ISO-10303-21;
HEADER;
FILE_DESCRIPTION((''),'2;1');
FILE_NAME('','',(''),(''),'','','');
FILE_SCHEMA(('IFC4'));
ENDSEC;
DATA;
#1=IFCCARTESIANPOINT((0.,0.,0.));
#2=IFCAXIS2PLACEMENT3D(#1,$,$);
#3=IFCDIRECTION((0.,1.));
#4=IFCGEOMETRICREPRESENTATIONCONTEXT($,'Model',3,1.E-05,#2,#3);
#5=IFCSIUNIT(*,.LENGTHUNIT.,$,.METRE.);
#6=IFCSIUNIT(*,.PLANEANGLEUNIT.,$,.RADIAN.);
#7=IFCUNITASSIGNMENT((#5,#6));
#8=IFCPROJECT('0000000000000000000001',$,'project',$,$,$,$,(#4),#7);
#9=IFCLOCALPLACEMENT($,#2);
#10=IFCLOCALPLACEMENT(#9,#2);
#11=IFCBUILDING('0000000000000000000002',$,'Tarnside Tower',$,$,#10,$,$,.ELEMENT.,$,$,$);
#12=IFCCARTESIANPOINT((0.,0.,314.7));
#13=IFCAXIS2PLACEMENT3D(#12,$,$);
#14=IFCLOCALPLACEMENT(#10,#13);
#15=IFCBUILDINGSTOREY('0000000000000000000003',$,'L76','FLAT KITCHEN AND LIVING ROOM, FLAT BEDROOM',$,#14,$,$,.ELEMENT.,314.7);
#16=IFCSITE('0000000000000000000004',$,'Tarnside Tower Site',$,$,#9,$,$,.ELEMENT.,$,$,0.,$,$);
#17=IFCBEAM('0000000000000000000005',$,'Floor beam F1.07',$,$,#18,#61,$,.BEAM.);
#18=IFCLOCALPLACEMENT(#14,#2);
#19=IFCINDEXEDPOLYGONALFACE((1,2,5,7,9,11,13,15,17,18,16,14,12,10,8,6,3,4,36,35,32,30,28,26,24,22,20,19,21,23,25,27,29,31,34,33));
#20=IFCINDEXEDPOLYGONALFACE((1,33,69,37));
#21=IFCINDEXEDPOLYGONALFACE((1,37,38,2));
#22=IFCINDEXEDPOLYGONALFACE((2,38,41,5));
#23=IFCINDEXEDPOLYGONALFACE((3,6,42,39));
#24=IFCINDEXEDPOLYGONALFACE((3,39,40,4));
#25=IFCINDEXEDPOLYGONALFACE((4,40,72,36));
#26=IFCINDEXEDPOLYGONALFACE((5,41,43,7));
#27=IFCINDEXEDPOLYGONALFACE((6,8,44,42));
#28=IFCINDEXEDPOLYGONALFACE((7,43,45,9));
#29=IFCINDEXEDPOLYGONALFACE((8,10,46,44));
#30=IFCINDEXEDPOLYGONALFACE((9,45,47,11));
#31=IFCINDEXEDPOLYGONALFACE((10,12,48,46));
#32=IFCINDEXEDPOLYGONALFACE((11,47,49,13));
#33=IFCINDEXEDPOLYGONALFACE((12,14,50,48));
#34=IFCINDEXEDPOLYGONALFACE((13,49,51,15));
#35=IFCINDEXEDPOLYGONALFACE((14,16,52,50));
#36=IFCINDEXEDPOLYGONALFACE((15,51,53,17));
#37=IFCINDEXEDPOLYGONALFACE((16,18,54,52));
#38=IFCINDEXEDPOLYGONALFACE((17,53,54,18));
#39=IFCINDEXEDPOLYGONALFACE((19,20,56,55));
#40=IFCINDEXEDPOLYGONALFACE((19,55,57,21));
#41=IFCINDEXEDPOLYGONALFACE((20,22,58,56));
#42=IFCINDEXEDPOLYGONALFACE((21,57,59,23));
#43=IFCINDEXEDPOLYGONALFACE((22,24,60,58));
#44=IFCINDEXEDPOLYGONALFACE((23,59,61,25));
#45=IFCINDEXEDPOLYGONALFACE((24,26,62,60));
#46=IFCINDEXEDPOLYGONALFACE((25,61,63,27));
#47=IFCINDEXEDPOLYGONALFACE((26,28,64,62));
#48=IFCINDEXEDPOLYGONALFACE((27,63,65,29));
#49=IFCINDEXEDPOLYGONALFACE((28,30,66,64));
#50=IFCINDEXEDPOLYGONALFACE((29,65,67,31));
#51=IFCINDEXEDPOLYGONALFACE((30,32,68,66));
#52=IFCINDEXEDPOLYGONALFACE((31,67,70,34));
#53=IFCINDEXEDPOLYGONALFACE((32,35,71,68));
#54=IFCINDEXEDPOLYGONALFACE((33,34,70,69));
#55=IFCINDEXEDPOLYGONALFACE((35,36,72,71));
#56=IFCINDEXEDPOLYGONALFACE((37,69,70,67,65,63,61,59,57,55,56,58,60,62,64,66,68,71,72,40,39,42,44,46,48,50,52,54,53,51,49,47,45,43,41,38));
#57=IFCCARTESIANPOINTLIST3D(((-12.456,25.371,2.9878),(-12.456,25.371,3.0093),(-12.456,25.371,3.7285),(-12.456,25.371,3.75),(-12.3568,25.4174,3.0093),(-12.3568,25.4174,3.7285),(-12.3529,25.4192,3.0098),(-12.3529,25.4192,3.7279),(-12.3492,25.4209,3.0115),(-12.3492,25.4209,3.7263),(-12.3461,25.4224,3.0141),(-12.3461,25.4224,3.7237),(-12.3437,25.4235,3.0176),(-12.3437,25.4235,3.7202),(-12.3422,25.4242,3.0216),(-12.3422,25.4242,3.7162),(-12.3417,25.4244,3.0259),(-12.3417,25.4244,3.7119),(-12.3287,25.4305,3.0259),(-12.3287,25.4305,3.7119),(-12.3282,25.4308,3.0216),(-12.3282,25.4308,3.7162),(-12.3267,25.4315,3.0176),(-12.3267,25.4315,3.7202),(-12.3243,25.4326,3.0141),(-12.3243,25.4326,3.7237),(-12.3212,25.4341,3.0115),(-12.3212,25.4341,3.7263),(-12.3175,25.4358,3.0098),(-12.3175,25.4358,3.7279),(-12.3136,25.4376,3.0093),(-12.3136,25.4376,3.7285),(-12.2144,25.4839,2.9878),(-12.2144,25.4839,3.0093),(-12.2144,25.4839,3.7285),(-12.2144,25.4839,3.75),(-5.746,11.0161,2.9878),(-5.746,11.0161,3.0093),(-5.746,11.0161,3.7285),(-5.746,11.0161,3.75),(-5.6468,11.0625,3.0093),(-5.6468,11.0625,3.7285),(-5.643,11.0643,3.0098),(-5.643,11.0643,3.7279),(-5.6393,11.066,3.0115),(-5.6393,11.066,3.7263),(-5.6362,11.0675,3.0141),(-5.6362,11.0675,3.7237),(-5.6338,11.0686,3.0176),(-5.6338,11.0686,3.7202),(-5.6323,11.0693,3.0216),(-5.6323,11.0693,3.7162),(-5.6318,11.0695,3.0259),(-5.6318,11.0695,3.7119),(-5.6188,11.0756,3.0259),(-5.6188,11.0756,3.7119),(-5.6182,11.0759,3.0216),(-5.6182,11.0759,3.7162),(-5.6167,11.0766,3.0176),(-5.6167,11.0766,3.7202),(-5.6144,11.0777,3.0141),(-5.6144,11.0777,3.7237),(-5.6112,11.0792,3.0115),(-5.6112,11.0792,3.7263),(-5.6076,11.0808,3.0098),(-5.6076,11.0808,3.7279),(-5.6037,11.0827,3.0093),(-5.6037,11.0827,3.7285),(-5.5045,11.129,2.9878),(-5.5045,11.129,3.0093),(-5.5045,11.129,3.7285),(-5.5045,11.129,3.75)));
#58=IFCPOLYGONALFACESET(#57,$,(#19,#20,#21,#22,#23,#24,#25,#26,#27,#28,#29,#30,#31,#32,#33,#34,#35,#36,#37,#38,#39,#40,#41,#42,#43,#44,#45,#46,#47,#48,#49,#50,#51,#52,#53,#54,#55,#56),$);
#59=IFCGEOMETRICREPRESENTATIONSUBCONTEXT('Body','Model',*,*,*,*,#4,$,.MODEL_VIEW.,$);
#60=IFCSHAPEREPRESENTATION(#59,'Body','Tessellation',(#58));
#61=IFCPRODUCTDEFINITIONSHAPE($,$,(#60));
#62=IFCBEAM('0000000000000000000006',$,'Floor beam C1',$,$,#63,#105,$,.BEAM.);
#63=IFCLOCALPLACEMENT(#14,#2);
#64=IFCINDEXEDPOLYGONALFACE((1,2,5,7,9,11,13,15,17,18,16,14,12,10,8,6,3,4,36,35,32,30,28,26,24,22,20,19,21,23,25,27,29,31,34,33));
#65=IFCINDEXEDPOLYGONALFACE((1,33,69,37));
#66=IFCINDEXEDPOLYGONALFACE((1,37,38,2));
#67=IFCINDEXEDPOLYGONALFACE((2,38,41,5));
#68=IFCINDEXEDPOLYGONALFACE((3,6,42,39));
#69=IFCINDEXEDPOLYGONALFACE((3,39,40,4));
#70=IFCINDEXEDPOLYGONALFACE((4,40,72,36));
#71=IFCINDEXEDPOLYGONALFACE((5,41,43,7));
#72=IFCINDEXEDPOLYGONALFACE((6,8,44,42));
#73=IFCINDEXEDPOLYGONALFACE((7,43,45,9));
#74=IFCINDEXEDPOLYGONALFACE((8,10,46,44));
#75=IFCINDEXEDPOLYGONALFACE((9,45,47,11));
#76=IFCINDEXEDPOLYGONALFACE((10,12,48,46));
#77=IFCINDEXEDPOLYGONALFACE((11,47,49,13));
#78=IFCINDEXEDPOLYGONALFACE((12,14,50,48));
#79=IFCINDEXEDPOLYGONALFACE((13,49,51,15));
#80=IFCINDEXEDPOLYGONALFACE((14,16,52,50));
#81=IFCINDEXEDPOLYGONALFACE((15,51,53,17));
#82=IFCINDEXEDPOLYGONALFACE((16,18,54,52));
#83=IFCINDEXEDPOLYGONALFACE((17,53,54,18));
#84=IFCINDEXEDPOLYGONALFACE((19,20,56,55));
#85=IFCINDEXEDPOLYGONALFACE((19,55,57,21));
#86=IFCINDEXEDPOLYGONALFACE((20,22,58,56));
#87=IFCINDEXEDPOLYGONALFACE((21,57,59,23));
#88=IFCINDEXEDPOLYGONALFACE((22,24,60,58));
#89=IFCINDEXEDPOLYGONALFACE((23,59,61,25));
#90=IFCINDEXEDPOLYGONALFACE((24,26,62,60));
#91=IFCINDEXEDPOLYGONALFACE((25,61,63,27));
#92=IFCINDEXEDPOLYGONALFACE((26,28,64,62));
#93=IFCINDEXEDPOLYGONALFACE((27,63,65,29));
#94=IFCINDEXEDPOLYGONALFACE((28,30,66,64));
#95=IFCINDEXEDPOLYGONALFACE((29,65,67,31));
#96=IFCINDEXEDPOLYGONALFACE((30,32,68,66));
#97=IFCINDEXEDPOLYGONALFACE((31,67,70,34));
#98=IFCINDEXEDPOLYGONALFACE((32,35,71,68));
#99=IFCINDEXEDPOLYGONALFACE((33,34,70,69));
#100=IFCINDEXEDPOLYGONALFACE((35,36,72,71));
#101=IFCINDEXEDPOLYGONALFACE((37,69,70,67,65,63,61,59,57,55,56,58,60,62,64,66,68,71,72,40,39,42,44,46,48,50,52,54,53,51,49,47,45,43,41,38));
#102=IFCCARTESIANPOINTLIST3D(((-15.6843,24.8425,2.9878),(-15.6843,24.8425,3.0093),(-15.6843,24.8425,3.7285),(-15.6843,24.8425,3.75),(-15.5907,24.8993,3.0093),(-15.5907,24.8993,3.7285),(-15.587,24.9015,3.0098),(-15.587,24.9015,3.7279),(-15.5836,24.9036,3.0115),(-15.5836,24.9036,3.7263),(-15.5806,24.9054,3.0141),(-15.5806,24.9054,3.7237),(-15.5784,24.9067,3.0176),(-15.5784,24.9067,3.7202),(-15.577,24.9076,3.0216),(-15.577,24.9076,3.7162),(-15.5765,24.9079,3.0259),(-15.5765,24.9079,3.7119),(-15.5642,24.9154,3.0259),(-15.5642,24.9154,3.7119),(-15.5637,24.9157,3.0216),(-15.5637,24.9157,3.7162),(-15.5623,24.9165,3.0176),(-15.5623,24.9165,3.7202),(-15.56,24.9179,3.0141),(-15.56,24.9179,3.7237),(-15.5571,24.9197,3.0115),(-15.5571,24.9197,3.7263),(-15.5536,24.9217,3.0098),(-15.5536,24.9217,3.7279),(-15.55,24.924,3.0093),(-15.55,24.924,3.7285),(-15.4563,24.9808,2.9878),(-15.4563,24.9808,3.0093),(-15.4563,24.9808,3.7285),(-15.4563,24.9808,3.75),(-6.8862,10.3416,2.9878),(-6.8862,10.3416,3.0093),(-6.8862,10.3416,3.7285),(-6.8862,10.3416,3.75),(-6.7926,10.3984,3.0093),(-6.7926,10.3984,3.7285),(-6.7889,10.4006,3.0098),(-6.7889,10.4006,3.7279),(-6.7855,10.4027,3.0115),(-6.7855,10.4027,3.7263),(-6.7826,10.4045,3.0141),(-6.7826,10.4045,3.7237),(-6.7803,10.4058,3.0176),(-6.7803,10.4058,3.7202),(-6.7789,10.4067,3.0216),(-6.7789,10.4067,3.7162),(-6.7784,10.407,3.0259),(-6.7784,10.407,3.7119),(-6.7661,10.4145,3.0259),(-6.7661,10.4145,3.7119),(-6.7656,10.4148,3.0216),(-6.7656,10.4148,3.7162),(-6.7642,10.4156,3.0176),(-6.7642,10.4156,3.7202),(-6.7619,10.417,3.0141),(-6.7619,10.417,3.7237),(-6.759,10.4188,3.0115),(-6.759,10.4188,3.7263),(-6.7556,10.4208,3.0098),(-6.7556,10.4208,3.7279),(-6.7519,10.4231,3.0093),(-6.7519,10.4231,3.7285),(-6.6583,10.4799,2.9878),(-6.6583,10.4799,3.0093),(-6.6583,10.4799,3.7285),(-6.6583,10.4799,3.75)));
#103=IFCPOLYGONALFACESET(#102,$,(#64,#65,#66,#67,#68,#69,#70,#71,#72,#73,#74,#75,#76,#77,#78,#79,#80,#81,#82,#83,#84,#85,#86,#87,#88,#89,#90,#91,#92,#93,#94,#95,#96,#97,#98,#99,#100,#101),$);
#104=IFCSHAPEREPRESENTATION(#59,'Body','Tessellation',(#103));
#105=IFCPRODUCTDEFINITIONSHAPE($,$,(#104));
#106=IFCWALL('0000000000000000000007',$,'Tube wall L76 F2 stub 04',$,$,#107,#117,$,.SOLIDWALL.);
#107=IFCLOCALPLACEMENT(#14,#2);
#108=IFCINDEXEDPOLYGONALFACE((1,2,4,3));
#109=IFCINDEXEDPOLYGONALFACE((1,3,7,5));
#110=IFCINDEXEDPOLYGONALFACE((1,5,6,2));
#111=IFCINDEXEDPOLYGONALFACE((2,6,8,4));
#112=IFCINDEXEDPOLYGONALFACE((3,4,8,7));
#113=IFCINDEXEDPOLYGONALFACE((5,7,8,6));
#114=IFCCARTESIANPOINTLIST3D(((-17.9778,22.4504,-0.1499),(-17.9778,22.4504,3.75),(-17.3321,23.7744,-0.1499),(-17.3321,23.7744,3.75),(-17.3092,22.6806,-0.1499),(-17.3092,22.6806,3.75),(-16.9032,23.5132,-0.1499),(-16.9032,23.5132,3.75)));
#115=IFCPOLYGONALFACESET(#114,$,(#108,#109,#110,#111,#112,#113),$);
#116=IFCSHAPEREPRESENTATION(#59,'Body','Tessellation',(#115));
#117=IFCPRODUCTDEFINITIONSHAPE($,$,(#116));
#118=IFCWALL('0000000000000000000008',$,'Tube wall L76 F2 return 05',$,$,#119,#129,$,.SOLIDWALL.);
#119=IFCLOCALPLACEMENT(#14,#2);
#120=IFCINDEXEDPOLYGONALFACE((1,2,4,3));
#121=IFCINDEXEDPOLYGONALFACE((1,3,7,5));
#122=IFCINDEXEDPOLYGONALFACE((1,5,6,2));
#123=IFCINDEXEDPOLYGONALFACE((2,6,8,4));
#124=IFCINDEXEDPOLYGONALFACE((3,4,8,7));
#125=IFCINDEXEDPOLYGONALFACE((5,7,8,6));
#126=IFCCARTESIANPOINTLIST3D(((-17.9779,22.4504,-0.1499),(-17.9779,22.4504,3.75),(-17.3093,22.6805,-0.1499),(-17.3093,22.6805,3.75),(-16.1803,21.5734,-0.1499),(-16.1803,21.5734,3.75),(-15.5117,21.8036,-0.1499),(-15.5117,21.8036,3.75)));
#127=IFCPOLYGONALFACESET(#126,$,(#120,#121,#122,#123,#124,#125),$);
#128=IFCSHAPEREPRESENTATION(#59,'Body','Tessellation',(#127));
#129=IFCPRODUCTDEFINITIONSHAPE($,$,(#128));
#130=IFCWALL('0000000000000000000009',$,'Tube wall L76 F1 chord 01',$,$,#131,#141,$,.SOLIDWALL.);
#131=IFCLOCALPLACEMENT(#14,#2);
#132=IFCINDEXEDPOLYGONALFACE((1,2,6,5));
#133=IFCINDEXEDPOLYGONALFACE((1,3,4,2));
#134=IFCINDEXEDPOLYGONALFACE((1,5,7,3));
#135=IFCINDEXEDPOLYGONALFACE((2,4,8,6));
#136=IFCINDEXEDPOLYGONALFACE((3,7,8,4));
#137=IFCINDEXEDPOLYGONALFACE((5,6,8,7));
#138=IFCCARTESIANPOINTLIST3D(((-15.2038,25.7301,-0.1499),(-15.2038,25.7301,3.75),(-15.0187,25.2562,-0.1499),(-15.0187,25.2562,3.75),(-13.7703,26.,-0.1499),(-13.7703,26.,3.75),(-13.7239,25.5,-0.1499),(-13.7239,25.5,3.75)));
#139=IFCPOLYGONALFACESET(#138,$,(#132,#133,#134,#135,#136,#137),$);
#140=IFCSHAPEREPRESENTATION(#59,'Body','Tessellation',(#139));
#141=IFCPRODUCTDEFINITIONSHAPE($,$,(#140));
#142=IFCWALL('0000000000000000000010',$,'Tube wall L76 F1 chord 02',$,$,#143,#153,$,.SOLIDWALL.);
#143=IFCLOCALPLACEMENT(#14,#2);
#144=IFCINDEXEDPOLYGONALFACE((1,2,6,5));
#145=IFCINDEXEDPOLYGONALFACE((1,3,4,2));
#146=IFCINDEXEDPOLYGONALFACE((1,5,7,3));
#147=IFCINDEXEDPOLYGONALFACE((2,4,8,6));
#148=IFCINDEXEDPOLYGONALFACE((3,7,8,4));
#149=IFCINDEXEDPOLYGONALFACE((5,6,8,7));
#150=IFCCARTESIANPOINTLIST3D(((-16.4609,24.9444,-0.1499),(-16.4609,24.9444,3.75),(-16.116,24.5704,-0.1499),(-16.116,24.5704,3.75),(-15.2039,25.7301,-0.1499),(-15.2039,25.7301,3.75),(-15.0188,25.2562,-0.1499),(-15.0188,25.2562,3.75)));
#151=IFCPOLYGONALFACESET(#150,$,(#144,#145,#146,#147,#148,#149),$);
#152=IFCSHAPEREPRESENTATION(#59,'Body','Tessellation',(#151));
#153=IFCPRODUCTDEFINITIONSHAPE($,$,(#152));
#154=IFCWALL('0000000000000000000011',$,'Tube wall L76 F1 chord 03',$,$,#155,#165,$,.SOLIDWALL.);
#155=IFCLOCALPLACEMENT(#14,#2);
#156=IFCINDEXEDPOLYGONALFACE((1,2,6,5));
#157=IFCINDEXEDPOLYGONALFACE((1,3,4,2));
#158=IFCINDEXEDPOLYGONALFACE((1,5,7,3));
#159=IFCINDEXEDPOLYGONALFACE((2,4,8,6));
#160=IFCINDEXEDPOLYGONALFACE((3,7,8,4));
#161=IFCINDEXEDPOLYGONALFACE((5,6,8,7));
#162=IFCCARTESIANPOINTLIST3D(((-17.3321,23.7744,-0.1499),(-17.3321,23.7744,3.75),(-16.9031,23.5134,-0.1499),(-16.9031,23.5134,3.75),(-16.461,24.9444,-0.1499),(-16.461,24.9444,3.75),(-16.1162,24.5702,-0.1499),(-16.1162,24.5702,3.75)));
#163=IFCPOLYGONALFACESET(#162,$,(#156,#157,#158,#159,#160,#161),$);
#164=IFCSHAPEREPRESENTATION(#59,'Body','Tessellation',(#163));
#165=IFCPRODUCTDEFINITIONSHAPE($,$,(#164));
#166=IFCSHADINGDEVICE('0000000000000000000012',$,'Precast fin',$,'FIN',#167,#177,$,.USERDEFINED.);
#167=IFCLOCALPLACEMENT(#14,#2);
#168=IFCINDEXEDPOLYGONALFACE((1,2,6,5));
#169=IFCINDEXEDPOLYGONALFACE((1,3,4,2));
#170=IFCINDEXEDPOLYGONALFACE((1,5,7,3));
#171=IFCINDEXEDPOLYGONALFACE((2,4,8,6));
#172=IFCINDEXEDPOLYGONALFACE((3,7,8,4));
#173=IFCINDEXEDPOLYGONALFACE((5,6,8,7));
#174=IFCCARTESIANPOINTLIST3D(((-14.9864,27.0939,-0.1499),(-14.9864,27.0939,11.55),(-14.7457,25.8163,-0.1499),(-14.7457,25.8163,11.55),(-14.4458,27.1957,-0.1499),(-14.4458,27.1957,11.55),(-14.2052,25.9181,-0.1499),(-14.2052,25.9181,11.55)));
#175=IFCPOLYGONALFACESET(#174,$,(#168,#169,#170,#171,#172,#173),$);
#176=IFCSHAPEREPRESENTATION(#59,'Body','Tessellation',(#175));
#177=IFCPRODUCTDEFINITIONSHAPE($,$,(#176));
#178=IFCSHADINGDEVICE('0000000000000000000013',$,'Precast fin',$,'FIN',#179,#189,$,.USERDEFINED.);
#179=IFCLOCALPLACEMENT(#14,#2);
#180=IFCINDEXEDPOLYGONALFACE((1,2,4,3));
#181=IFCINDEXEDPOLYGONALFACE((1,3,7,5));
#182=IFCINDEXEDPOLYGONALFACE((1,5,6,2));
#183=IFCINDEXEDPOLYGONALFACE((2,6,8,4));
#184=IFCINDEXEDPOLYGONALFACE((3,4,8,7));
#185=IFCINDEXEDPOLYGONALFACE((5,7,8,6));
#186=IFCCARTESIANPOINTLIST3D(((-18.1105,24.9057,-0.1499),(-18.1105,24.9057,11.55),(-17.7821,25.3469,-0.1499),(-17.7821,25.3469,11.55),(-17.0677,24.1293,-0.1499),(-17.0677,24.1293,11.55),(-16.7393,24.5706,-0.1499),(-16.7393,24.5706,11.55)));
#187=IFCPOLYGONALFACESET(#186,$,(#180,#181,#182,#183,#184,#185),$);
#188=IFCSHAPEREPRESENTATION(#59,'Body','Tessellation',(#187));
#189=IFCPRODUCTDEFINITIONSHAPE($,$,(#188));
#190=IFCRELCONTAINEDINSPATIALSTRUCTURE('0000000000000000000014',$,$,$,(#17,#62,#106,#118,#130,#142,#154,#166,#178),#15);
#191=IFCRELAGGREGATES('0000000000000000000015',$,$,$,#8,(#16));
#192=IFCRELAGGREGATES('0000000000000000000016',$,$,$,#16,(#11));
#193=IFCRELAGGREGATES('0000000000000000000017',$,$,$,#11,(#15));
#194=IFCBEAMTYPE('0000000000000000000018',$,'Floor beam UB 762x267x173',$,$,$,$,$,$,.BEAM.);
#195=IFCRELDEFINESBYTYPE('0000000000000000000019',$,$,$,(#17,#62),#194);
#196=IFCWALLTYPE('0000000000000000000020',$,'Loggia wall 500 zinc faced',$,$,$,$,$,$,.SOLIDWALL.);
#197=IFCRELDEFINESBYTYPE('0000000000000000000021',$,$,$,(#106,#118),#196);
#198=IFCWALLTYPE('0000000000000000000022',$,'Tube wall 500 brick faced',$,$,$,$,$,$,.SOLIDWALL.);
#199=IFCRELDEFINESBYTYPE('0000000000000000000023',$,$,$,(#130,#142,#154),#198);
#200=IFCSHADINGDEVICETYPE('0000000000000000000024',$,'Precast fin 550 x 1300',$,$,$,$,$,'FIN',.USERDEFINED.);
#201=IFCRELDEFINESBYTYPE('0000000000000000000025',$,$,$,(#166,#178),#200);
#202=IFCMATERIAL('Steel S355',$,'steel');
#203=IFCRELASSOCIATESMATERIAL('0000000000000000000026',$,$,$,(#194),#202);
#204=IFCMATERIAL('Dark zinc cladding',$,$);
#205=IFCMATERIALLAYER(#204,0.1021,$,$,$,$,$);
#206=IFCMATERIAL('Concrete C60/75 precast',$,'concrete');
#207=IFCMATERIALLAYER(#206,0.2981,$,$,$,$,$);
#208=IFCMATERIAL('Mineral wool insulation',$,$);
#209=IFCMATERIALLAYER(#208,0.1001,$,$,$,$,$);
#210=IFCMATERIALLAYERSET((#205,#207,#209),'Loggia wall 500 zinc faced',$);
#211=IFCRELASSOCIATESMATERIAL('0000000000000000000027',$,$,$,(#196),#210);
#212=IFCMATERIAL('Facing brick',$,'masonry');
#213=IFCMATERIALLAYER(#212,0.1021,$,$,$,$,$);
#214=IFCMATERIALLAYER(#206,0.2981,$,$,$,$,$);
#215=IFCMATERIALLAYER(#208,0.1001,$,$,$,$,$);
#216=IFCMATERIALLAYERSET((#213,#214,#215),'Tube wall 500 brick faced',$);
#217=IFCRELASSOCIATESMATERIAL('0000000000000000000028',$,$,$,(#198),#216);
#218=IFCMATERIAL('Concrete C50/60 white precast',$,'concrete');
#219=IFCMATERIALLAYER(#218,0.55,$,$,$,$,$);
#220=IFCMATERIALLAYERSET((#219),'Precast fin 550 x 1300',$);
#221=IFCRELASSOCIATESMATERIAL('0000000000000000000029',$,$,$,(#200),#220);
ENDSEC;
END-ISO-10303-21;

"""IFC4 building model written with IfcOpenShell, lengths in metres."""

from ifc_helpers import new_model, si_unit, direction, frame, origin, origin_2d, place, context, subcontext, project, spatial, polyline, i_section, outline, extrude, material, layer, layer_set, material_profile, profile_set, type_object, element, save


model = new_model("IFC4")

# Units and contexts
model_context = context("Model", 3, precision=1e-05, world=origin(), true_north=direction((0.0, 1.0)))
body_context = subcontext(model_context, "Body", "Model", "MODEL_VIEW")
ifc_project = project(units=[si_unit("LENGTHUNIT", "METRE"), si_unit("PLANEANGLEUNIT", "RADIAN")], contexts=[model_context])

# Site, building, storey
site_placement = place(None, origin())
site = spatial("IfcSite", under=ifc_project, at=site_placement, Name="Tarnside Tower Site", CompositionType="ELEMENT", RefElevation=0.0)
building_placement = place(site_placement, origin())
building = spatial("IfcBuilding", under=site, at=building_placement, Name="Tarnside Tower", CompositionType="ELEMENT")
storey_placement = place(building_placement, frame((0.0, 0.0, 314.7)))
storey = spatial("IfcBuildingStorey", under=building, at=storey_placement, Name="L76", Description="FLAT KITCHEN AND LIVING ROOM, FLAT BEDROOM", CompositionType="ELEMENT", Elevation=314.7)

# Beams
ifc_material_1 = material(Name="Steel S355", Category="steel")
ifc_material_profile = material_profile(ifc_material_1, i_section(OverallWidth=0.2666, OverallDepth=0.7622, WebThickness=0.0144, FlangeThickness=0.0215, FilletRadius=0.0166, at=origin_2d()), Name="UB 762x267x173")
ifc_profile_set = profile_set([ifc_material_profile], Name="Steel S355")
beam_type = type_object("IfcBeamType", Name="Floor beam UB 762x267x173", PredefinedType="BEAM", material=ifc_profile_set)
beam_1_placement = place(storey_placement, frame((-12.3352, 25.4275, 3.3689), z_axis=(0.423454, -0.905918, 0.0), x_axis=(0.905918, 0.423454, 0.0)))
element("IfcBeam", 1, at=beam_1_placement, inside=storey, type_object=beam_type, Name="Floor beam F1.07", PredefinedType="BEAM", context=body_context, shape_type="SweptSolid", body=[
    extrude(i_section(OverallWidth=0.2666, OverallDepth=0.7622, WebThickness=0.0144, FlangeThickness=0.0215, FilletRadius=0.0166, at=origin_2d()), origin(), (0.0, 0.0, 1.0), 15.8457),
])
beam_2_placement = place(storey_placement, frame((-15.5703, 24.9116, 3.3689), z_axis=(0.518717, -0.854946, 0.0), x_axis=(0.854946, 0.518717, 0.0)))
element("IfcBeam", 2, at=beam_2_placement, inside=storey, type_object=beam_type, Name="Floor beam C1", PredefinedType="BEAM", context=body_context, shape_type="SweptSolid", body=[
    extrude(i_section(OverallWidth=0.2666, OverallDepth=0.7622, WebThickness=0.0144, FlangeThickness=0.0215, FilletRadius=0.0166, at=origin_2d()), origin(), (0.0, 0.0, 1.0), 16.9612),
])

# Walls
ifc_material_2 = material(Name="Dark zinc cladding")
ifc_layer_1 = layer(ifc_material_2, 0.1021)
ifc_material_3 = material(Name="Concrete C60/75 precast", Category="concrete")
ifc_layer_2 = layer(ifc_material_3, 0.2981)
ifc_material_4 = material(Name="Mineral wool insulation")
ifc_layer_3 = layer(ifc_material_4, 0.1001)
ifc_layer_set_1 = layer_set([ifc_layer_1, ifc_layer_2, ifc_layer_3], Name="Loggia wall 500 zinc faced")
wall_type_1 = type_object("IfcWallType", Name="Loggia wall 500 zinc faced", PredefinedType="SOLIDWALL", material=ifc_layer_set_1)
wall_1_placement = place(storey_placement, frame((-17.1177, 23.6438, -0.1499), z_axis=(0.0, 0.0, 1.0), x_axis=(-0.438319, -0.898819, 0.0)))
element("IfcWall", 3, at=wall_1_placement, inside=storey, type_object=wall_type_1, Name="Tube wall L76 F2 stub 04", PredefinedType="SOLIDWALL", context=body_context, shape_type="SweptSolid", body=[
    extrude(outline(polyline([(-0.0234, -0.25), (1.4497, -0.25), (0.9497, 0.25), (0.0234, 0.25), (-0.0234, -0.25)])), origin(), (0.0, 0.0, 1.0), 3.8999),
])
wall_2_placement = place(storey_placement, frame((-17.6436, 22.5654, -0.1499), z_axis=(0.0, 0.0, 1.0), x_axis=(0.898754, -0.438452, 0.0)))
element("IfcWall", 4, at=wall_2_placement, inside=storey, type_object=wall_type_1, Name="Tube wall L76 F2 return 05", PredefinedType="SOLIDWALL", context=body_context, shape_type="SweptSolid", body=[
    extrude(outline(polyline([(-0.25, -0.25), (1.75, -0.25), (2.25, 0.25), (0.25, 0.25), (-0.25, -0.25)])), origin(), (0.0, 0.0, 1.0), 3.8999),
])
ifc_material_5 = material(Name="Facing brick", Category="masonry")
ifc_layer_4 = layer(ifc_material_5, 0.1021)
ifc_layer_5 = layer(ifc_material_3, 0.2981)
ifc_layer_6 = layer(ifc_material_4, 0.1001)
ifc_layer_set_2 = layer_set([ifc_layer_4, ifc_layer_5, ifc_layer_6], Name="Tube wall 500 brick faced")
wall_type_2 = type_object("IfcWallType", Name="Tube wall 500 brick faced", PredefinedType="SOLIDWALL", material=ifc_layer_set_2)
wall_3_placement = place(storey_placement, frame((-13.7471, 25.75, -0.1499), z_axis=(0.0, 0.0, 1.0), x_axis=(-0.982737, -0.185011, 0.0)))
element("IfcWall", 5, at=wall_3_placement, inside=storey, type_object=wall_type_2, Name="Tube wall L76 F1 chord 01", PredefinedType="SOLIDWALL", context=body_context, shape_type="SweptSolid", body=[
    extrude(outline(polyline([(-0.0234, -0.25), (1.4353, -0.25), (1.3411, 0.25), (0.0234, 0.25), (-0.0234, -0.25)])), origin(), (0.0, 0.0, 1.0), 3.8999),
])
wall_4_placement = place(storey_placement, frame((-15.1113, 25.4932, -0.1499), z_axis=(0.0, 0.0, 1.0), x_axis=(-0.847979, -0.530031, 0.0)))
element("IfcWall", 6, at=wall_4_placement, inside=storey, type_object=wall_type_2, Name="Tube wall L76 F1 chord 02", PredefinedType="SOLIDWALL", context=body_context, shape_type="SweptSolid", body=[
    extrude(outline(polyline([(-0.0471, -0.25), (1.4353, -0.25), (1.3411, 0.25), (0.0471, 0.25), (-0.0471, -0.25)])), origin(), (0.0, 0.0, 1.0), 3.8999),
])
wall_5_placement = place(storey_placement, frame((-16.2886, 24.7573, -0.1499), z_axis=(0.0, 0.0, 1.0), x_axis=(-0.597211, -0.802084, 0.0)))
element("IfcWall", 7, at=wall_5_placement, inside=storey, type_object=wall_type_2, Name="Tube wall L76 F1 chord 03", PredefinedType="SOLIDWALL", context=body_context, shape_type="SweptSolid", body=[
    extrude(outline(polyline([(-0.0471, -0.25), (1.4116, -0.25), (1.3647, 0.25), (0.0471, 0.25), (-0.0471, -0.25)])), origin(), (0.0, 0.0, 1.0), 3.8999),
])

# Shading devices
ifc_material_6 = material(Name="Concrete C50/60 white precast", Category="concrete")
ifc_layer_7 = layer(ifc_material_6, 0.55)
ifc_layer_set_3 = layer_set([ifc_layer_7], Name="Precast fin 550 x 1300")
shading_device_type_1 = type_object("IfcShadingDeviceType", Name="Precast fin 550 x 1300", ElementType="FIN", PredefinedType="USERDEFINED", material=ifc_layer_set_3)
for number, where, z_axis, x_axis, name in (
    (8, (-14.4756, 25.8672, -0.1499), (0.982721, 0.185095, 0.0), (-0.185095, 0.982721, 0.0), "Precast fin"),
    (9, (-16.9036, 24.3499, -0.1499), (0.597159, 0.802123, 0.0), (-0.802123, 0.597159, 0.0), "Precast fin"),
):
    element("IfcShadingDevice", number, at=place(storey_placement, frame(where, z_axis=z_axis, x_axis=x_axis)), inside=storey, type_object=shading_device_type_1, Name=name, ObjectType="FIN", PredefinedType="USERDEFINED", context=body_context, shape_type="SweptSolid", body=[
        extrude(outline(polyline([(0.0, 0.0), (1.3, 0.0), (1.3, 11.7), (0.0, 11.7), (0.0, 0.0)])), frame((0.0, 0.0, -0.2749)), (0.0, 0.0, 1.0), 0.55),
    ])

save(model, "model.ifc")
